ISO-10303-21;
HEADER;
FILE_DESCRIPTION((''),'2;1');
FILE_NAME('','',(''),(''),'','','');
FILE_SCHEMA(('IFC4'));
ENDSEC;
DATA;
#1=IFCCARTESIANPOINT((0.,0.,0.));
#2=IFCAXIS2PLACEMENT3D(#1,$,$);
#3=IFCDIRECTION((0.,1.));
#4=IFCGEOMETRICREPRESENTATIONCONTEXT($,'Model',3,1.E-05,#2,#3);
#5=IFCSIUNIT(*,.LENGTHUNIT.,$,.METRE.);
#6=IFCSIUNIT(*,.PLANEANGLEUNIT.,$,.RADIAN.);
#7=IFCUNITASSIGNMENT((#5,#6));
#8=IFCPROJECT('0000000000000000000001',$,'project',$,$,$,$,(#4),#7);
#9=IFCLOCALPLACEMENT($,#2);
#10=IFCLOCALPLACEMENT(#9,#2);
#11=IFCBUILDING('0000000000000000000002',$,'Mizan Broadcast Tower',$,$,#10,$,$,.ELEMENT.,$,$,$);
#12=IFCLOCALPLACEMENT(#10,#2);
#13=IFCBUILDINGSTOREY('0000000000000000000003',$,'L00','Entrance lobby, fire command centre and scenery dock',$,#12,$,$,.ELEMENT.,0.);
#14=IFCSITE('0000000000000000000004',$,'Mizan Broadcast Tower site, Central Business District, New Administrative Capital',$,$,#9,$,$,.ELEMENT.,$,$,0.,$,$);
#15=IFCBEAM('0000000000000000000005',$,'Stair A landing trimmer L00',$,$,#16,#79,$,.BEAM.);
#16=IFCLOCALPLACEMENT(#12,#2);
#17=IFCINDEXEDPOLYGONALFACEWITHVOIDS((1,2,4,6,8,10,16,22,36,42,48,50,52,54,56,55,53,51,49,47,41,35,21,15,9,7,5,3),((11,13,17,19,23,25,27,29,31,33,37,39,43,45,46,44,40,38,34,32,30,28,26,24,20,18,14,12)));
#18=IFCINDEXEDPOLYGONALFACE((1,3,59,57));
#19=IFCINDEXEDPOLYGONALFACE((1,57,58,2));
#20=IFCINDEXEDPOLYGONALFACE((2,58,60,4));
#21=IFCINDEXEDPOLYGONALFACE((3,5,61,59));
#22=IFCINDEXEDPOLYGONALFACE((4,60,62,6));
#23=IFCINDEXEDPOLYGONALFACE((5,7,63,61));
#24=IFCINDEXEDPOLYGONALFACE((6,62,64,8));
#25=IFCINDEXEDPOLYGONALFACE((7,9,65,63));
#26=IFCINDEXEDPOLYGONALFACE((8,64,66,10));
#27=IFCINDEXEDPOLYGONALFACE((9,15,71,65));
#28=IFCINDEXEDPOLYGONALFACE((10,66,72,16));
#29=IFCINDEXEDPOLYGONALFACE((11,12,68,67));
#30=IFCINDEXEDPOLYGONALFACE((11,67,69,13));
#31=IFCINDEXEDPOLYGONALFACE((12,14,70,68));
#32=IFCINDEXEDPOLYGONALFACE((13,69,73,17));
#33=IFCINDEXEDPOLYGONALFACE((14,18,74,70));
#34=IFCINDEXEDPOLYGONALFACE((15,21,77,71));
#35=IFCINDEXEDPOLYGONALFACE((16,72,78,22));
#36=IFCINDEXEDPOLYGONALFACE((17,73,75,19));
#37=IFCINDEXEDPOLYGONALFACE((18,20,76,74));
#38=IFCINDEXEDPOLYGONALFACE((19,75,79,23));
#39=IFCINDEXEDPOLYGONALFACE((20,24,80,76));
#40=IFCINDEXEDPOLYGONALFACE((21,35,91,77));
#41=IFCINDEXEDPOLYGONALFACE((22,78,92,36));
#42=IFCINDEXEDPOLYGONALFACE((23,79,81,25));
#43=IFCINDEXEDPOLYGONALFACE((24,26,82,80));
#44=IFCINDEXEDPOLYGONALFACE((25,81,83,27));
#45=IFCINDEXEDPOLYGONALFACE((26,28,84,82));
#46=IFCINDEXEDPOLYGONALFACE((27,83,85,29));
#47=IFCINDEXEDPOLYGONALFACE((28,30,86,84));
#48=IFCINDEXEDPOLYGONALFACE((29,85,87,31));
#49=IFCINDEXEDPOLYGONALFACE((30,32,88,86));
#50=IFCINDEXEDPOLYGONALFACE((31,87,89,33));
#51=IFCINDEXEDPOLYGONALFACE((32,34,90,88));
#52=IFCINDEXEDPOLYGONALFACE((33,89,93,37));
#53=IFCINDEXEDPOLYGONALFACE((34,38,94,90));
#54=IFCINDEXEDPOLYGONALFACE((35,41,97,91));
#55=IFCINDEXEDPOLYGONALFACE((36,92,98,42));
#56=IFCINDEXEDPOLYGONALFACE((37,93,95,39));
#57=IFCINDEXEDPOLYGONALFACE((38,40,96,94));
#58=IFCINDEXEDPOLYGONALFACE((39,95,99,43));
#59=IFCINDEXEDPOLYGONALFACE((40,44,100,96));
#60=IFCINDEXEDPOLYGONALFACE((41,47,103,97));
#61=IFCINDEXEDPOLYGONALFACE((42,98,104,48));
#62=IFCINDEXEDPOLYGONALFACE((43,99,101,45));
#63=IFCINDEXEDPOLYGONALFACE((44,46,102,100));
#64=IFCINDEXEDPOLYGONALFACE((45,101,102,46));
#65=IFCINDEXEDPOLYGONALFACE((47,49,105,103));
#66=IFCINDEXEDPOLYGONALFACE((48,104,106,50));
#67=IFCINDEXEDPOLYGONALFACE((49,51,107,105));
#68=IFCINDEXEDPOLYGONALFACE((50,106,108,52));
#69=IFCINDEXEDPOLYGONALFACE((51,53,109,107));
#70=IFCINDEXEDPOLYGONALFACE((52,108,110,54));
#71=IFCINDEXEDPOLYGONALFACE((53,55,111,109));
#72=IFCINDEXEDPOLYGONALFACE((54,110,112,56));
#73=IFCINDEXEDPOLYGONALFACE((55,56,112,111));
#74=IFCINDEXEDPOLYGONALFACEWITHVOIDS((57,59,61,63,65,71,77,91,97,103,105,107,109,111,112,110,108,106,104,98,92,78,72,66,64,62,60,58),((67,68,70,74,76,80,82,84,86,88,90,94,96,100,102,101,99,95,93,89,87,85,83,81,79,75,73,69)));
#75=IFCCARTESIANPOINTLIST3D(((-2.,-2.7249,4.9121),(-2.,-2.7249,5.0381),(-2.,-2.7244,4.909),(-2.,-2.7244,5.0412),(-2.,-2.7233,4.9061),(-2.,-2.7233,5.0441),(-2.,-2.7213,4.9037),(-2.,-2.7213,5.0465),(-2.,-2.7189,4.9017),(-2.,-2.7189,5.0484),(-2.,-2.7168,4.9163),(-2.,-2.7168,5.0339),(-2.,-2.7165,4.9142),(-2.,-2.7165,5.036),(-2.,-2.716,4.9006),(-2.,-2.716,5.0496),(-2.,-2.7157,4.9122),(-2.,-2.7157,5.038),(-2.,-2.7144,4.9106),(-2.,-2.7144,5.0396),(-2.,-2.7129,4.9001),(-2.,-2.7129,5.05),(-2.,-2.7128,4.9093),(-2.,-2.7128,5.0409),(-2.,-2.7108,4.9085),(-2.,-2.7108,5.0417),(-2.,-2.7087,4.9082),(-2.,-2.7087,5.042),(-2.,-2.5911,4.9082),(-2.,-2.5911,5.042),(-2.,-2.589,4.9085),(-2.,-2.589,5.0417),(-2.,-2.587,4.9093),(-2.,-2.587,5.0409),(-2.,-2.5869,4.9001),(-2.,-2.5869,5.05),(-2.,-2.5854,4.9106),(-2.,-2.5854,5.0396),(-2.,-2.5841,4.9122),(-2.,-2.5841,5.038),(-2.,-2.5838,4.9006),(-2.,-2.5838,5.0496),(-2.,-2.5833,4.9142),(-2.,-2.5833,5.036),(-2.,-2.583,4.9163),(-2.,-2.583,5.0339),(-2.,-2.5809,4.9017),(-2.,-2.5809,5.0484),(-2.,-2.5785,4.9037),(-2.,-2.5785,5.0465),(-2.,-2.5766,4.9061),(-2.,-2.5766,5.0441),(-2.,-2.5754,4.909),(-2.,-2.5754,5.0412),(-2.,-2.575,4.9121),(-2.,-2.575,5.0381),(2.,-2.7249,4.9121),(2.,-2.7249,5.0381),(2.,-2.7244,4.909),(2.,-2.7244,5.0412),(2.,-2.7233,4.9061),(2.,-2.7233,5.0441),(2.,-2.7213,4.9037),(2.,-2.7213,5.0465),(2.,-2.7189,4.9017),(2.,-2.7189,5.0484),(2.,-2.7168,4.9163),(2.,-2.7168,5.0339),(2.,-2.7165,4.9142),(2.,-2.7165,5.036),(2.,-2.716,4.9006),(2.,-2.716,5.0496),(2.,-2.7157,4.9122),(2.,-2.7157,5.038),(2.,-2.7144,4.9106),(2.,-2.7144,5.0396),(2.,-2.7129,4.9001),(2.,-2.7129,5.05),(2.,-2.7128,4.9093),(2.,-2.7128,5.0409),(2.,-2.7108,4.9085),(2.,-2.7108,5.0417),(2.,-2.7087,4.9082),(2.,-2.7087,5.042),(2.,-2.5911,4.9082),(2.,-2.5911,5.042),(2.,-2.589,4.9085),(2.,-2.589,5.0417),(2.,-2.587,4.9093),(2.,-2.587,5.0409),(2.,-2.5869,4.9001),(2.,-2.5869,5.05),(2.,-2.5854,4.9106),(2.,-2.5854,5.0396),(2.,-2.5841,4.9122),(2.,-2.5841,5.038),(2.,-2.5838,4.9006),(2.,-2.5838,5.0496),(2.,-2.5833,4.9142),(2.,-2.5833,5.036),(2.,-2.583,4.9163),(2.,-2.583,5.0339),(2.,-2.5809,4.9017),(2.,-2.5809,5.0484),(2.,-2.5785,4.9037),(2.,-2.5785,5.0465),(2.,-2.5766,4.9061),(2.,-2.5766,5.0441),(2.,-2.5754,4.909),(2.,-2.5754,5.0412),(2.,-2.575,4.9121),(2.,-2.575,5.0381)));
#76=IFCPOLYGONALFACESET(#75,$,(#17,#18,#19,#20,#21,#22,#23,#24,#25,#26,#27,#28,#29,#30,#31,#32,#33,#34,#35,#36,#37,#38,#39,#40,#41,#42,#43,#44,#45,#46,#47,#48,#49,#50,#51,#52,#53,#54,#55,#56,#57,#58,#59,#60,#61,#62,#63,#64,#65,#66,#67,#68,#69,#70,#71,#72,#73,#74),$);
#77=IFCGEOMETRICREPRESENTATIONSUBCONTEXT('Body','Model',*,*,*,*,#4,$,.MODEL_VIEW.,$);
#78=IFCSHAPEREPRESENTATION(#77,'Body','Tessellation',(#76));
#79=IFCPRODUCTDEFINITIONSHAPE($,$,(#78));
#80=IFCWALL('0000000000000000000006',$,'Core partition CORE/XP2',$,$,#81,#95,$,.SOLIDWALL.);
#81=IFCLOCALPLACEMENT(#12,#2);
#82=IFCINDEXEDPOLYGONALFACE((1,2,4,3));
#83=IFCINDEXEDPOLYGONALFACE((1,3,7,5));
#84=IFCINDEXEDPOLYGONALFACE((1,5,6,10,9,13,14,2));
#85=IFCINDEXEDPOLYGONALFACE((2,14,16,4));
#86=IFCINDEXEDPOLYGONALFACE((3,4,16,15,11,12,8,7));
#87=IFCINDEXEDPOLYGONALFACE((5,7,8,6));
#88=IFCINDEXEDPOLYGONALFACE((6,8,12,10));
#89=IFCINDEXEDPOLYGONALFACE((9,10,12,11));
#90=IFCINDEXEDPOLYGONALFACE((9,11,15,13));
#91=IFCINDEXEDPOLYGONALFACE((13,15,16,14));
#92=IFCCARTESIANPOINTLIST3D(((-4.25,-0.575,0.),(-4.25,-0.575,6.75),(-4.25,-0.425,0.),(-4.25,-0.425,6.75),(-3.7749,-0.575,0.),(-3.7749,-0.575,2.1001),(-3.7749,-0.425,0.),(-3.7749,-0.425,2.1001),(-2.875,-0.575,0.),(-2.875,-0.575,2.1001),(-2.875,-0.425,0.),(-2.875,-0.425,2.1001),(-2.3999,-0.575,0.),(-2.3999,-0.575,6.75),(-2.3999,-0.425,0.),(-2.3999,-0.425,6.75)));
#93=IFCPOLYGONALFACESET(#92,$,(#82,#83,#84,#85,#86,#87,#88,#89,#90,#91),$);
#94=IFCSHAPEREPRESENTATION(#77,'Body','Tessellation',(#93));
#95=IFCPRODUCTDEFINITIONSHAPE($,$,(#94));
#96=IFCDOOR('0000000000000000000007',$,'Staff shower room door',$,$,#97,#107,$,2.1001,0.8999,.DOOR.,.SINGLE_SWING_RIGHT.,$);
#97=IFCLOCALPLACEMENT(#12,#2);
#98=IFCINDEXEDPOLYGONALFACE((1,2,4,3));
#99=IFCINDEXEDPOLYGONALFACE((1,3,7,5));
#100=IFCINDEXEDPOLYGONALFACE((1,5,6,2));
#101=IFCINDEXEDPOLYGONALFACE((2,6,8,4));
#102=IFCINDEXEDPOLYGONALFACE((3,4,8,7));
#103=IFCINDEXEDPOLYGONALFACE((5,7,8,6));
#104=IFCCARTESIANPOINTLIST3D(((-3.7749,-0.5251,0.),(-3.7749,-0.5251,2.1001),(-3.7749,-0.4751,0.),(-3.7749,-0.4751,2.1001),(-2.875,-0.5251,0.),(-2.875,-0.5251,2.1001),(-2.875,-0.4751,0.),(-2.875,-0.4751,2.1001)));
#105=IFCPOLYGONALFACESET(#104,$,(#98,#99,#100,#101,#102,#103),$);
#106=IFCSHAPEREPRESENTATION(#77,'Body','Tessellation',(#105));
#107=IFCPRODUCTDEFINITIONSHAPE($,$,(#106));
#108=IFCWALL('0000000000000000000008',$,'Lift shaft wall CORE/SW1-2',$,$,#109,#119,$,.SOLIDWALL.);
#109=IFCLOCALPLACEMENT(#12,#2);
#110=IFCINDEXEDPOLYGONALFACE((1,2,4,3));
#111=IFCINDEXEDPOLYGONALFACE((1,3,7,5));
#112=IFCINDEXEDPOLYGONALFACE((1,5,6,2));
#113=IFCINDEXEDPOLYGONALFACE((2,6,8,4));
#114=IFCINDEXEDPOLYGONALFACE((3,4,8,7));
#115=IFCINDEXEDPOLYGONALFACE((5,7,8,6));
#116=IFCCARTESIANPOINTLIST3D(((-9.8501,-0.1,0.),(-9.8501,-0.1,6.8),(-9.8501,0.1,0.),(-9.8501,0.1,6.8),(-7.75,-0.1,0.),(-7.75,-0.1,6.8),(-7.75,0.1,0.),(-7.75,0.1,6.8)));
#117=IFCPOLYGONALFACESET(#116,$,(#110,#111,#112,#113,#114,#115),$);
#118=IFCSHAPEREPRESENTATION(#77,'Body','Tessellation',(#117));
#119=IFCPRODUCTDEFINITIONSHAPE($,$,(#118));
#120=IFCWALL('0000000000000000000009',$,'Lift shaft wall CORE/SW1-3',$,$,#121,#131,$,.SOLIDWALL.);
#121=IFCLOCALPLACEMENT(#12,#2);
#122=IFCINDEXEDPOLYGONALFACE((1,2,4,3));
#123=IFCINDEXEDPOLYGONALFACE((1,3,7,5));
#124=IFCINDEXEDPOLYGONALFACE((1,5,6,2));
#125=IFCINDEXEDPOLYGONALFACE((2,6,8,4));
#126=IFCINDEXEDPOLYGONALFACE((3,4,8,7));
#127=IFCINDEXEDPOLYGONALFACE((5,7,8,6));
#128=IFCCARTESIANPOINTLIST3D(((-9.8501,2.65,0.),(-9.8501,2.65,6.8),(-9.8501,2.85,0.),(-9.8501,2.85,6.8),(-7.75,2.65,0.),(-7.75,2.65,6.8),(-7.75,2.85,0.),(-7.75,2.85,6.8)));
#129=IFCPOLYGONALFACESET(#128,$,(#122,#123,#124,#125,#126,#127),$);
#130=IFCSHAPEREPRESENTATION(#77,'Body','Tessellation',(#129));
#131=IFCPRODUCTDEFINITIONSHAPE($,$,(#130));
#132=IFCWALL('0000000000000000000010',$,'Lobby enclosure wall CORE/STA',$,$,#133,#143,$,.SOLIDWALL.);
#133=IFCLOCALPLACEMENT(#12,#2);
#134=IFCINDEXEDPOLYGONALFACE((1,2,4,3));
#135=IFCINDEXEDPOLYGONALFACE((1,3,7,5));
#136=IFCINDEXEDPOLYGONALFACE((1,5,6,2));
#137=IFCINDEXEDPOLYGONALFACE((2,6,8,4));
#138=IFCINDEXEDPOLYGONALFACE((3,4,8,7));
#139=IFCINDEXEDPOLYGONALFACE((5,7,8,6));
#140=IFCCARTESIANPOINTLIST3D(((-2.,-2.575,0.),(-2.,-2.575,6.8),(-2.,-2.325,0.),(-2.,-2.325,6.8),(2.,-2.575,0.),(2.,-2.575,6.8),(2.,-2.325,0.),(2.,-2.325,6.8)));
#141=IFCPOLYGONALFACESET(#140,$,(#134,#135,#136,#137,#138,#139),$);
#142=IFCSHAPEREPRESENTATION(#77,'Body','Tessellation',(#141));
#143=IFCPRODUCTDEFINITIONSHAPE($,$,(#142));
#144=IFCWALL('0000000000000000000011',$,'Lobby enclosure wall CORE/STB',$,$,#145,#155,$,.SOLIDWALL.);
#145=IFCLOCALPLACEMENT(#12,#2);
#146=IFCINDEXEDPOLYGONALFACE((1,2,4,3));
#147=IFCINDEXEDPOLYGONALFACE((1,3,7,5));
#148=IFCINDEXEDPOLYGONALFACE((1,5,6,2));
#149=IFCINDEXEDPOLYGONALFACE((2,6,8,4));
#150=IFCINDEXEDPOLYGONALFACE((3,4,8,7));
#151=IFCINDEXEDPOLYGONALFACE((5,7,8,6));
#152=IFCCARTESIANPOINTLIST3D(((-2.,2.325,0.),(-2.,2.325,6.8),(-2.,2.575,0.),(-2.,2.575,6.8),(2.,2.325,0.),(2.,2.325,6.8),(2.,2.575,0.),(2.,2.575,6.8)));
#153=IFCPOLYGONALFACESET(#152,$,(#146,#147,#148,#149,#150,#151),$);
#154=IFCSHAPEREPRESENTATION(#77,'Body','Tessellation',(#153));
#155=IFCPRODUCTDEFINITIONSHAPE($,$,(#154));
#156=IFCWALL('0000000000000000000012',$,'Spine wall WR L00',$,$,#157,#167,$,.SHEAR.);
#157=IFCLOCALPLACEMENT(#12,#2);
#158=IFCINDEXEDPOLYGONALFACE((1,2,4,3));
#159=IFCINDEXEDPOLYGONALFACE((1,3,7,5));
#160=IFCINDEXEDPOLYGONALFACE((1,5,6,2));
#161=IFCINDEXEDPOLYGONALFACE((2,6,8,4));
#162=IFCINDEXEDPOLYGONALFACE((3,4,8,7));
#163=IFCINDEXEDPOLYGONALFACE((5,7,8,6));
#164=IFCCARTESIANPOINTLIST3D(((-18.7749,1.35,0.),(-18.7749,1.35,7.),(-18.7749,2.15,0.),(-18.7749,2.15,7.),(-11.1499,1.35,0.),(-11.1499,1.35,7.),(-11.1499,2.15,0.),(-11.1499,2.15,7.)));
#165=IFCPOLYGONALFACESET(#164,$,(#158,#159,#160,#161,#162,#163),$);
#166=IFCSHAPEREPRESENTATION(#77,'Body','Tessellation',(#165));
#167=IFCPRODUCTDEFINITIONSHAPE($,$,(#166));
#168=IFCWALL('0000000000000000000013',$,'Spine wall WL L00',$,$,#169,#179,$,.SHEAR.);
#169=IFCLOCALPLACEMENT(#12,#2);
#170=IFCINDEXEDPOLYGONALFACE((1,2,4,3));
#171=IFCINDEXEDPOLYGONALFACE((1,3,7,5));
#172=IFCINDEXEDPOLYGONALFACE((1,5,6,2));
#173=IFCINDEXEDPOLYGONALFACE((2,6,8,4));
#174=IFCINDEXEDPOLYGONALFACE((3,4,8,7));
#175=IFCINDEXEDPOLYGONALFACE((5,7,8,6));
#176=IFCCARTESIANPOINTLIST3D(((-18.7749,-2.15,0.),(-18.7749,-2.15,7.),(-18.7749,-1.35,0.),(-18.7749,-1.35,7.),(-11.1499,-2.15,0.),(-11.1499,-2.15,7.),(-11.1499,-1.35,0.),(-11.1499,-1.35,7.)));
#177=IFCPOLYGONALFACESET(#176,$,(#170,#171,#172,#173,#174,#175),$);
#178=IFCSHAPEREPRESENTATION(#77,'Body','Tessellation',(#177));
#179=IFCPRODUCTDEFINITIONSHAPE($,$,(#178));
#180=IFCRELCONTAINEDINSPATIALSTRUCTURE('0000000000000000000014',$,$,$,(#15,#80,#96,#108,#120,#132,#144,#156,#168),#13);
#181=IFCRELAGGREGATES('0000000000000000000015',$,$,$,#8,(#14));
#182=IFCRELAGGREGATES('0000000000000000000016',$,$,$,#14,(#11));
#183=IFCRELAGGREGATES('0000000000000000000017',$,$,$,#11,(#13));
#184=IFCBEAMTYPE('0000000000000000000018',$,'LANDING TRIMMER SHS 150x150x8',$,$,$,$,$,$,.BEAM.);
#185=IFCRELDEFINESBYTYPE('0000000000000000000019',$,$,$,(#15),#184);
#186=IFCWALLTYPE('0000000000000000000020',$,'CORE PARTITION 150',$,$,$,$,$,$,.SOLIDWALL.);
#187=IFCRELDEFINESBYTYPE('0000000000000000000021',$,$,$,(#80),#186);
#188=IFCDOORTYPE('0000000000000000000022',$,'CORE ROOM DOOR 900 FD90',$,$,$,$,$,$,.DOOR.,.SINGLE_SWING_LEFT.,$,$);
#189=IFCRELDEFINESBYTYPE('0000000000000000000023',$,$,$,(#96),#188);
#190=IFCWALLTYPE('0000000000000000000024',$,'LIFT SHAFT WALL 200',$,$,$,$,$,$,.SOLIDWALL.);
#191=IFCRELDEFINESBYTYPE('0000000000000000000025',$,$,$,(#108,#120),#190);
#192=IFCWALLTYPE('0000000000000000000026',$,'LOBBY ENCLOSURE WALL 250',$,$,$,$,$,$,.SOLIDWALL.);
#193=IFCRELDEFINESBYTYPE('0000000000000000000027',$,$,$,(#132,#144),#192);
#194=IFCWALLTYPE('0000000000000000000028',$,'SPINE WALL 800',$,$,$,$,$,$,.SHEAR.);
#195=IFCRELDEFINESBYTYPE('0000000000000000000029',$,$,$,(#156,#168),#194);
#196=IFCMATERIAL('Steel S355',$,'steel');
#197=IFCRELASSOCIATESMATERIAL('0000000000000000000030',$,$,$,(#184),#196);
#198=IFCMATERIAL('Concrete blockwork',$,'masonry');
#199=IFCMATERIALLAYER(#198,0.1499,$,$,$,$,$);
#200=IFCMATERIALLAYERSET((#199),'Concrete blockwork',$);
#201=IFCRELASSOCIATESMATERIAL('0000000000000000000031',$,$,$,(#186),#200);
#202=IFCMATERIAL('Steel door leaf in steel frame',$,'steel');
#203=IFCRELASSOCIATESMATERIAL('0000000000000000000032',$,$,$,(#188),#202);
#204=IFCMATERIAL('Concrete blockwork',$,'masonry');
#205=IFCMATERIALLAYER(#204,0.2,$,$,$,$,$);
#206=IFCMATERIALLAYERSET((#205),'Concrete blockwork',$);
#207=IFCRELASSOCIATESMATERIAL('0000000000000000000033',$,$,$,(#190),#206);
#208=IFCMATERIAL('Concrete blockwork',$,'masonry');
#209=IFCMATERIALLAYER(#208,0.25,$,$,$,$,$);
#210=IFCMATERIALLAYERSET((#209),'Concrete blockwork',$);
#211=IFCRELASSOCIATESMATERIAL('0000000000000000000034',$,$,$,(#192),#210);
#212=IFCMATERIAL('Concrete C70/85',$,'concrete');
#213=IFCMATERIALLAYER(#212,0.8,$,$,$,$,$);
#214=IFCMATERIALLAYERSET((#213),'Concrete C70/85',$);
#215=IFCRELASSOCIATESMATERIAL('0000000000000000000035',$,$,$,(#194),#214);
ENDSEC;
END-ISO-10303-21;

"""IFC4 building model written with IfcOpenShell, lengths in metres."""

from ifc_helpers import new_model, si_unit, direction, frame, frame_2d, origin, origin_2d, place, context, subcontext, project, spatial, rectangle, hollow_rectangle, extrude, material, layer, layer_set, material_profile, profile_set, type_object, element, fill, save


model = new_model("IFC4")

# Units and contexts
model_context = context("Model", 3, precision=1e-05, world=origin(), true_north=direction((0.0, 1.0)))
body_context = subcontext(model_context, "Body", "Model", "MODEL_VIEW")
ifc_project = project(units=[si_unit("LENGTHUNIT", "METRE"), si_unit("PLANEANGLEUNIT", "RADIAN")], contexts=[model_context])

# Site, building, storey
site_placement = place(None, origin())
site = spatial("IfcSite", under=ifc_project, at=site_placement, Name="Mizan Broadcast Tower site, Central Business District, New Administrative Capital", CompositionType="ELEMENT", RefElevation=0.0)
building_placement = place(site_placement, origin())
building = spatial("IfcBuilding", under=site, at=building_placement, Name="Mizan Broadcast Tower", CompositionType="ELEMENT")
storey_placement = place(building_placement, origin())
storey = spatial("IfcBuildingStorey", under=building, at=storey_placement, Name="L00", Description="Entrance lobby, fire command centre and scenery dock", CompositionType="ELEMENT", Elevation=0.0)

# Beam
ifc_material_1 = material(Name="Steel S355", Category="steel")
ifc_material_profile = material_profile(ifc_material_1, hollow_rectangle(XDim=0.1499, YDim=0.1499, WallThickness=0.0081, InnerFilletRadius=0.0081, OuterFilletRadius=0.012, at=origin_2d()), Name="SHS 150x150x8")
ifc_profile_set = profile_set([ifc_material_profile], Name="Steel S355")
beam_type = type_object("IfcBeamType", Name="LANDING TRIMMER SHS 150x150x8", PredefinedType="BEAM", material=ifc_profile_set)
beam_placement = place(storey_placement, frame((-2.0, -2.6499, 4.9751), z_axis=(1.0, 0.0, 0.0), x_axis=(0.0, 1.0, 0.0)))
element("IfcBeam", 1, at=beam_placement, inside=storey, type_object=beam_type, Name="Stair A landing trimmer L00", PredefinedType="BEAM", context=body_context, shape_type="SweptSolid", body=[
    extrude(hollow_rectangle(XDim=0.1499, YDim=0.1499, WallThickness=0.0081, InnerFilletRadius=0.0081, OuterFilletRadius=0.012, at=origin_2d()), origin(), (0.0, 0.0, 1.0), 4.0),
])

# Wall, opening, door
ifc_material_2 = material(Name="Concrete blockwork", Category="masonry")
ifc_layer_1 = layer(ifc_material_2, 0.1499)
ifc_layer_set_1 = layer_set([ifc_layer_1], Name="Concrete blockwork")
wall_type_1 = type_object("IfcWallType", Name="CORE PARTITION 150", PredefinedType="SOLIDWALL", material=ifc_layer_set_1)
wall_placement = place(storey_placement, frame((-4.25, -0.5, 0.0), z_axis=(0.0, 0.0, 1.0), x_axis=(1.0, 0.0, 0.0)))
wall = element("IfcWall", 2, at=wall_placement, inside=storey, type_object=wall_type_1, Name="Core partition CORE/XP2", PredefinedType="SOLIDWALL", context=body_context, shape_type="SweptSolid", body=[
    extrude(rectangle(XDim=1.8501, YDim=0.1499, at=frame_2d((0.925, 0.0))), origin(), (0.0, 0.0, 1.0), 6.75),
])
opening_placement = place(wall_placement, frame((0.4751, 0.0, 0.0)))
opening = element("IfcOpeningElement", 3, at=opening_placement, cuts=wall, PredefinedType="OPENING", context=body_context, shape_type="SweptSolid", body=[
    extrude(rectangle(XDim=0.8999, YDim=2.1001, at=frame_2d((0.45, 1.05))), frame((0.0, 0.085, 0.0), z_axis=(0.0, -1.0, 0.0), x_axis=(1.0, 0.0, 0.0)), (0.0, 0.0, 1.0), 0.1699),
])
ifc_material_3 = material(Name="Steel door leaf in steel frame", Category="steel")
door_type = type_object("IfcDoorType", Name="CORE ROOM DOOR 900 FD90", OperationType="SINGLE_SWING_LEFT", PredefinedType="DOOR", material=ifc_material_3)
door_placement = place(opening_placement, origin())
door = element("IfcDoor", 4, at=door_placement, inside=storey, type_object=door_type, Name="Staff shower room door", OperationType="SINGLE_SWING_RIGHT", OverallHeight=2.1001, OverallWidth=0.8999, PredefinedType="DOOR", context=body_context, shape_type="SweptSolid", body=[
    extrude(rectangle(XDim=0.8999, YDim=2.1001, at=frame_2d((0.45, 1.05))), frame((0.0, 0.0249, 0.0), z_axis=(0.0, -1.0, 0.0), x_axis=(1.0, 0.0, 0.0)), (0.0, 0.0, 1.0), 0.05),
])
fill(opening, door)

# Walls
ifc_material_4 = material(Name="Concrete blockwork", Category="masonry")
ifc_layer_2 = layer(ifc_material_4, 0.2)
ifc_layer_set_2 = layer_set([ifc_layer_2], Name="Concrete blockwork")
wall_type_2 = type_object("IfcWallType", Name="LIFT SHAFT WALL 200", PredefinedType="SOLIDWALL", material=ifc_layer_set_2)
for number, where, z_axis, x_axis, name in (
    (5, (-9.8501, 0.0, 0.0), (0.0, 0.0, 1.0), (1.0, 0.0, 0.0), "Lift shaft wall CORE/SW1-2"),
    (6, (-9.8501, 2.75, 0.0), (0.0, 0.0, 1.0), (1.0, 0.0, 0.0), "Lift shaft wall CORE/SW1-3"),
):
    element("IfcWall", number, at=place(storey_placement, frame(where, z_axis=z_axis, x_axis=x_axis)), inside=storey, type_object=wall_type_2, Name=name, PredefinedType="SOLIDWALL", context=body_context, shape_type="SweptSolid", body=[
        extrude(rectangle(XDim=2.1001, YDim=0.2, at=frame_2d((1.05, 0.0))), origin(), (0.0, 0.0, 1.0), 6.8),
    ])
ifc_material_5 = material(Name="Concrete blockwork", Category="masonry")
ifc_layer_3 = layer(ifc_material_5, 0.25)
ifc_layer_set_3 = layer_set([ifc_layer_3], Name="Concrete blockwork")
wall_type_3 = type_object("IfcWallType", Name="LOBBY ENCLOSURE WALL 250", PredefinedType="SOLIDWALL", material=ifc_layer_set_3)
for number, where, z_axis, x_axis, name in (
    (7, (-2.0, -2.45, 0.0), (0.0, 0.0, 1.0), (1.0, 0.0, 0.0), "Lobby enclosure wall CORE/STA"),
    (8, (-2.0, 2.45, 0.0), (0.0, 0.0, 1.0), (1.0, 0.0, 0.0), "Lobby enclosure wall CORE/STB"),
):
    element("IfcWall", number, at=place(storey_placement, frame(where, z_axis=z_axis, x_axis=x_axis)), inside=storey, type_object=wall_type_3, Name=name, PredefinedType="SOLIDWALL", context=body_context, shape_type="SweptSolid", body=[
        extrude(rectangle(XDim=4.0, YDim=0.25, at=frame_2d((2.0, 0.0))), origin(), (0.0, 0.0, 1.0), 6.8),
    ])
ifc_material_6 = material(Name="Concrete C70/85", Category="concrete")
ifc_layer_4 = layer(ifc_material_6, 0.8)
ifc_layer_set_4 = layer_set([ifc_layer_4], Name="Concrete C70/85")
wall_type_4 = type_object("IfcWallType", Name="SPINE WALL 800", PredefinedType="SHEAR", material=ifc_layer_set_4)
for number, where, z_axis, x_axis, name in (
    (9, (-11.1499, 1.75, 0.0), (0.0, 0.0, 1.0), (-1.0, 0.0, 0.0), "Spine wall WR L00"),
    (10, (-11.1499, -1.75, 0.0), (0.0, 0.0, 1.0), (-1.0, 0.0, 0.0), "Spine wall WL L00"),
):
    element("IfcWall", number, at=place(storey_placement, frame(where, z_axis=z_axis, x_axis=x_axis)), inside=storey, type_object=wall_type_4, Name=name, PredefinedType="SHEAR", context=body_context, shape_type="SweptSolid", body=[
        extrude(rectangle(XDim=7.625, YDim=0.8, at=frame_2d((3.8125, 0.0))), origin(), (0.0, 0.0, 1.0), 7.0),
    ])

save(model, "model.ifc")
